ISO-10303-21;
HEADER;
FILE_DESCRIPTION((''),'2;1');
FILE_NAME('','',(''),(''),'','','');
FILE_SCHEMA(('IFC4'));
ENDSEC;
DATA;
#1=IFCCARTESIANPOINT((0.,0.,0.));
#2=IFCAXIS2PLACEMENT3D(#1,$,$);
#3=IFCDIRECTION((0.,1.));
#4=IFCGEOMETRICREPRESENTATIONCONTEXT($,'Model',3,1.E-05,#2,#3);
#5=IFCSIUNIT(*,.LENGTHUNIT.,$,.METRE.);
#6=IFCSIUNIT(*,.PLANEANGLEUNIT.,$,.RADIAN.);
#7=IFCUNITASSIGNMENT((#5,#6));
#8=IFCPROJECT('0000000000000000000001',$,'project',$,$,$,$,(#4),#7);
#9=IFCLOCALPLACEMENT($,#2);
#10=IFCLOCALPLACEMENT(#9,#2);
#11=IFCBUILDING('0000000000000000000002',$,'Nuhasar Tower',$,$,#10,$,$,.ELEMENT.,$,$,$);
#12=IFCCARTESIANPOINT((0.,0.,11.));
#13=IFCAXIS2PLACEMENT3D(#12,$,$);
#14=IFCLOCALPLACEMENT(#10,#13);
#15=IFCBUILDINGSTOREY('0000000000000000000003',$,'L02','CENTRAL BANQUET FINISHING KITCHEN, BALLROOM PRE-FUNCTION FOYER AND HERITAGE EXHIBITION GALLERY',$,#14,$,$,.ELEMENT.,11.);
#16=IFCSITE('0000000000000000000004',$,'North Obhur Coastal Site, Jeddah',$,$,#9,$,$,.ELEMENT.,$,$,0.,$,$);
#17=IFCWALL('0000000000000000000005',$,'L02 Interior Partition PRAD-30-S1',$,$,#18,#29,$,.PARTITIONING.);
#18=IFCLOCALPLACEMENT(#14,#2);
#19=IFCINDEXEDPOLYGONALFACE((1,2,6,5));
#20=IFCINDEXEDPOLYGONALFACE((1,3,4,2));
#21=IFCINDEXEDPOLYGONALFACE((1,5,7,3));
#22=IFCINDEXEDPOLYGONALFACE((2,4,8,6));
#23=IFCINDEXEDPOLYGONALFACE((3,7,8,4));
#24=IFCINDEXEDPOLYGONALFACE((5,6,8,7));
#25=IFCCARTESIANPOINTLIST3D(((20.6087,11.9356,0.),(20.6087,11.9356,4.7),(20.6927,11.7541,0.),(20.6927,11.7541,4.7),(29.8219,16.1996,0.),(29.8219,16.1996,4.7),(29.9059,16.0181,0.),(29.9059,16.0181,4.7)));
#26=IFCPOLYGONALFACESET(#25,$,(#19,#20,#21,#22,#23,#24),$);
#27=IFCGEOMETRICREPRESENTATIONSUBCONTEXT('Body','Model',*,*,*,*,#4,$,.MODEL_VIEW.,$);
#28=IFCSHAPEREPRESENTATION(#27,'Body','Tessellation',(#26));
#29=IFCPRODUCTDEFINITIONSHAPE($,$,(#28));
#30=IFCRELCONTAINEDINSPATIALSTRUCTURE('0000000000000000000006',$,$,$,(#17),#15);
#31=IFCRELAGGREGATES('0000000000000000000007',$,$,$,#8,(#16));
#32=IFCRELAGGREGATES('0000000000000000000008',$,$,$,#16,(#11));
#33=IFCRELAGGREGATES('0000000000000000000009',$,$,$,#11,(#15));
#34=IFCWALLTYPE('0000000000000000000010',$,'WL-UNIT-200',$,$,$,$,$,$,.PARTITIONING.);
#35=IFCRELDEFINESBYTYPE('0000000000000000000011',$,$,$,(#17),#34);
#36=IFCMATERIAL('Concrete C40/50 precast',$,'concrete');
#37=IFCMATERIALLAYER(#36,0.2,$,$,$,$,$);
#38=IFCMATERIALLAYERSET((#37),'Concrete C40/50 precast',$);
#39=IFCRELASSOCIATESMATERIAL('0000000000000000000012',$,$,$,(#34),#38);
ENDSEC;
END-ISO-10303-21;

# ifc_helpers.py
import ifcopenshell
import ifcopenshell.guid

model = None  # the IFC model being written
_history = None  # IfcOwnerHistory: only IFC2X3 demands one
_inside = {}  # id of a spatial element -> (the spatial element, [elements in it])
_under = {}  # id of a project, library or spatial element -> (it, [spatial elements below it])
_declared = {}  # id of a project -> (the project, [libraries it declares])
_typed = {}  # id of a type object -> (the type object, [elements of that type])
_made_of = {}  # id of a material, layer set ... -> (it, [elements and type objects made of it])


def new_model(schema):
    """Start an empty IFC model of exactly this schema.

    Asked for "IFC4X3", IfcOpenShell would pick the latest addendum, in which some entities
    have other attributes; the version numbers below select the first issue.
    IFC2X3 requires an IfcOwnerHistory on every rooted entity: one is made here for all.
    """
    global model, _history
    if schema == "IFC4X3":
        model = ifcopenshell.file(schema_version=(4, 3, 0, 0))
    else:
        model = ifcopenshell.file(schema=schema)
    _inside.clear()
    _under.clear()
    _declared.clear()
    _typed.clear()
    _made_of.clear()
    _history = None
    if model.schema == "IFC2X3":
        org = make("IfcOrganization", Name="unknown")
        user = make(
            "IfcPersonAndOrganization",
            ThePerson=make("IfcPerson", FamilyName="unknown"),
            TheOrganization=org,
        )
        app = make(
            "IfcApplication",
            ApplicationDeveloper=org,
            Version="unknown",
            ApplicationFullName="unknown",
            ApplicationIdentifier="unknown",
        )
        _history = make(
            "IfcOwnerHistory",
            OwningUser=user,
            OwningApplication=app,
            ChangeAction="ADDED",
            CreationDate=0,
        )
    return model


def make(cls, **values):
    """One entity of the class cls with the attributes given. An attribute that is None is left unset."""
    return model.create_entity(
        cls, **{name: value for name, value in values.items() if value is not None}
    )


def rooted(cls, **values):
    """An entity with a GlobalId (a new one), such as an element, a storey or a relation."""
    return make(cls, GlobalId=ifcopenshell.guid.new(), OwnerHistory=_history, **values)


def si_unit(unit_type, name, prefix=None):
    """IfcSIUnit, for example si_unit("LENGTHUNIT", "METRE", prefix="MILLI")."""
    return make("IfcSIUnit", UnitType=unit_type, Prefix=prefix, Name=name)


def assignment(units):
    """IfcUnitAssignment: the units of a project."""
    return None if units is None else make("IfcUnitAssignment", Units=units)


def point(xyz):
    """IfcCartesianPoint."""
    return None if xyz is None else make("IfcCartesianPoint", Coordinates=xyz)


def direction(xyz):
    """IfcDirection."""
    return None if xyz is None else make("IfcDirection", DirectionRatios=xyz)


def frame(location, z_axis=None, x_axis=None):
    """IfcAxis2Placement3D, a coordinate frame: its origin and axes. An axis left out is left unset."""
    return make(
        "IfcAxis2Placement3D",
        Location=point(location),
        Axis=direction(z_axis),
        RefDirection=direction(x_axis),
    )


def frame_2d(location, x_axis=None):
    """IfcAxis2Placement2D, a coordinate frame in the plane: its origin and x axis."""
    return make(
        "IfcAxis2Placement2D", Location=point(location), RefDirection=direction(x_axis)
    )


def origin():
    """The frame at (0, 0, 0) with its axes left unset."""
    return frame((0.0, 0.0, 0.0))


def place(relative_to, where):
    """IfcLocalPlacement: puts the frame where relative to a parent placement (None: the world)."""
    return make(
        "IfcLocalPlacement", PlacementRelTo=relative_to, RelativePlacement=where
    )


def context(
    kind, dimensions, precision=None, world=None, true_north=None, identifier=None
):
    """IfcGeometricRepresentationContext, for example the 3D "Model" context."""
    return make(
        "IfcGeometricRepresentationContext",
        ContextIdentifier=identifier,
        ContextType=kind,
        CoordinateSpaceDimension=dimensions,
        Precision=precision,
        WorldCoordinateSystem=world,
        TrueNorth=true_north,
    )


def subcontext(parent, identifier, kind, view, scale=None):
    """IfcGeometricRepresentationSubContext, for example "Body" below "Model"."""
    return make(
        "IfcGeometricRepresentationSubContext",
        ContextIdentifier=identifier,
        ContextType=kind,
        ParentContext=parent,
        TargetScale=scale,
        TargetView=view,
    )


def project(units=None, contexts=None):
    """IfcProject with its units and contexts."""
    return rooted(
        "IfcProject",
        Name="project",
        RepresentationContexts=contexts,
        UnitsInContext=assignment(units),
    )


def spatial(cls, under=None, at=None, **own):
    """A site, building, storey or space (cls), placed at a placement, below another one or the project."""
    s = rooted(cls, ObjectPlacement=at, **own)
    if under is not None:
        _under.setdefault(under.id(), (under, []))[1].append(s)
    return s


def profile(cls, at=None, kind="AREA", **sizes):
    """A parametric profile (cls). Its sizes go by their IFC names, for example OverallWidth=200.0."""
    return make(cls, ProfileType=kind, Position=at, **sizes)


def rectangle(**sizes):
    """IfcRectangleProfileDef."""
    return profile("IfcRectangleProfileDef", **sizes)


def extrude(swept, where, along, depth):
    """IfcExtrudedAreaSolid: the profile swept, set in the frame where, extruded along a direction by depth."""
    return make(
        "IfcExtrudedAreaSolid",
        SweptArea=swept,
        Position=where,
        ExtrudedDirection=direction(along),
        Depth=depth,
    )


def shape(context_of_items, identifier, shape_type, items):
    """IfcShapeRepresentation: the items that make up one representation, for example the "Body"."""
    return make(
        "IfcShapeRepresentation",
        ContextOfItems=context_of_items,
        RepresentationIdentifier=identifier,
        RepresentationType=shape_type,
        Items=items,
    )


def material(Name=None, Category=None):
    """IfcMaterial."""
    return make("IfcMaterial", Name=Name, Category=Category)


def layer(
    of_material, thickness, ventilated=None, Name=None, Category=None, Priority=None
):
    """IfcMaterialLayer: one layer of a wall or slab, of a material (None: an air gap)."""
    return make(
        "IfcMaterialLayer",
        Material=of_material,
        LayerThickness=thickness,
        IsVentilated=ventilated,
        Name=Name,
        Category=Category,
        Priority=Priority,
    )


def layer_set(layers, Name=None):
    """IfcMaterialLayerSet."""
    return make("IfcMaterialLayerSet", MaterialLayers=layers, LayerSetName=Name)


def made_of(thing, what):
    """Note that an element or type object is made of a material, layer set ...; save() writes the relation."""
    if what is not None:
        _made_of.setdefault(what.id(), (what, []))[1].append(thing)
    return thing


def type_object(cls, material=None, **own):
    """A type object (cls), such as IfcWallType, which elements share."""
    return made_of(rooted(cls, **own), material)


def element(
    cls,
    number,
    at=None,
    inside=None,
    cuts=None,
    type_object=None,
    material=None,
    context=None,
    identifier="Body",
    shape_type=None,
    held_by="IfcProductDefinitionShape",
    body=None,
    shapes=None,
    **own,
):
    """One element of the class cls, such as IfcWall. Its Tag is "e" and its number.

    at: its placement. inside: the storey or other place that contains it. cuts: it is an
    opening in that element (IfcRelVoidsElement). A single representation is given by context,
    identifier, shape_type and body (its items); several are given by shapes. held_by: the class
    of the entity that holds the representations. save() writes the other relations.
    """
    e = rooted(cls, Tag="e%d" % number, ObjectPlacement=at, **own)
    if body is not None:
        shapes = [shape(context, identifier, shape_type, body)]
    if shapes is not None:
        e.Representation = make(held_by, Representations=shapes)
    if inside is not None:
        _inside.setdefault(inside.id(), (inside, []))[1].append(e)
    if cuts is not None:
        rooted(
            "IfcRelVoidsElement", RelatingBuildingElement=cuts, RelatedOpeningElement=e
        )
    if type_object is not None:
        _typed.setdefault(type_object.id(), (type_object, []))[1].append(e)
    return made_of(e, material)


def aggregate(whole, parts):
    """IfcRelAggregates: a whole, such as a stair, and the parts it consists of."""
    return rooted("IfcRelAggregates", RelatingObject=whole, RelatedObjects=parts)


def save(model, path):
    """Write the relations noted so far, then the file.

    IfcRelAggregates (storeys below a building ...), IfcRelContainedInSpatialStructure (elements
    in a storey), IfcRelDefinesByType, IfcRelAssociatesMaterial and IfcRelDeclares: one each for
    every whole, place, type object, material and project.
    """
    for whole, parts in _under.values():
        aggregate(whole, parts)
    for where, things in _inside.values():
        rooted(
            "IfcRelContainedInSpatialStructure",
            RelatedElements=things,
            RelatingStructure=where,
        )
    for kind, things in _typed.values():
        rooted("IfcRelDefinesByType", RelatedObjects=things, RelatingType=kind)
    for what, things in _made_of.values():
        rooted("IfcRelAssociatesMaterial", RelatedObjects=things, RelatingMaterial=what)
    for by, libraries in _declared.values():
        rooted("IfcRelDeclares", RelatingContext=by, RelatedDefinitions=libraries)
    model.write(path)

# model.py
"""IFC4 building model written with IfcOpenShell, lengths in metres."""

from ifc_helpers import new_model, si_unit, direction, frame, frame_2d, origin, place, context, subcontext, project, spatial, rectangle, extrude, material, layer, layer_set, type_object, element, save


model = new_model("IFC4")

# Units and contexts
model_context = context("Model", 3, precision=1e-05, world=origin(), true_north=direction((0.0, 1.0)))
body_context = subcontext(model_context, "Body", "Model", "MODEL_VIEW")
ifc_project = project(units=[si_unit("LENGTHUNIT", "METRE"), si_unit("PLANEANGLEUNIT", "RADIAN")], contexts=[model_context])

# Site, building, storey
site_placement = place(None, origin())
site = spatial("IfcSite", under=ifc_project, at=site_placement, Name="North Obhur Coastal Site, Jeddah", CompositionType="ELEMENT", RefElevation=0.0)
building_placement = place(site_placement, origin())
building = spatial("IfcBuilding", under=site, at=building_placement, Name="Nuhasar Tower", CompositionType="ELEMENT")
storey_placement = place(building_placement, frame((0.0, 0.0, 11.0)))
storey = spatial("IfcBuildingStorey", under=building, at=storey_placement, Name="L02", Description="CENTRAL BANQUET FINISHING KITCHEN, BALLROOM PRE-FUNCTION FOYER AND HERITAGE EXHIBITION GALLERY", CompositionType="ELEMENT", Elevation=11.0)

# Wall
ifc_material_1 = material(Name="Concrete C40/50 precast", Category="concrete")
ifc_layer_1 = layer(ifc_material_1, 0.2)
ifc_layer_set_1 = layer_set([ifc_layer_1], Name="Concrete C40/50 precast")
wall_type_1 = type_object("IfcWallType", Name="WL-UNIT-200", PredefinedType="PARTITIONING", material=ifc_layer_set_1)
wall_1_placement = place(storey_placement, frame((29.864, 16.1089, 0.0), z_axis=(0.0, 0.0, 1.0), x_axis=(-0.90752, -0.420008, 0.0)))
element("IfcWall", 1, at=wall_1_placement, inside=storey, type_object=wall_type_1, Name="L02 Interior Partition PRAD-30-S1", PredefinedType="PARTITIONING", context=body_context, shape_type="SweptSolid", body=[
    extrude(rectangle(XDim=10.1521, YDim=0.2, at=frame_2d((5.0762, 0.0))), origin(), (0.0, 0.0, 1.0), 4.7),
])

save(model, "model.ifc")
